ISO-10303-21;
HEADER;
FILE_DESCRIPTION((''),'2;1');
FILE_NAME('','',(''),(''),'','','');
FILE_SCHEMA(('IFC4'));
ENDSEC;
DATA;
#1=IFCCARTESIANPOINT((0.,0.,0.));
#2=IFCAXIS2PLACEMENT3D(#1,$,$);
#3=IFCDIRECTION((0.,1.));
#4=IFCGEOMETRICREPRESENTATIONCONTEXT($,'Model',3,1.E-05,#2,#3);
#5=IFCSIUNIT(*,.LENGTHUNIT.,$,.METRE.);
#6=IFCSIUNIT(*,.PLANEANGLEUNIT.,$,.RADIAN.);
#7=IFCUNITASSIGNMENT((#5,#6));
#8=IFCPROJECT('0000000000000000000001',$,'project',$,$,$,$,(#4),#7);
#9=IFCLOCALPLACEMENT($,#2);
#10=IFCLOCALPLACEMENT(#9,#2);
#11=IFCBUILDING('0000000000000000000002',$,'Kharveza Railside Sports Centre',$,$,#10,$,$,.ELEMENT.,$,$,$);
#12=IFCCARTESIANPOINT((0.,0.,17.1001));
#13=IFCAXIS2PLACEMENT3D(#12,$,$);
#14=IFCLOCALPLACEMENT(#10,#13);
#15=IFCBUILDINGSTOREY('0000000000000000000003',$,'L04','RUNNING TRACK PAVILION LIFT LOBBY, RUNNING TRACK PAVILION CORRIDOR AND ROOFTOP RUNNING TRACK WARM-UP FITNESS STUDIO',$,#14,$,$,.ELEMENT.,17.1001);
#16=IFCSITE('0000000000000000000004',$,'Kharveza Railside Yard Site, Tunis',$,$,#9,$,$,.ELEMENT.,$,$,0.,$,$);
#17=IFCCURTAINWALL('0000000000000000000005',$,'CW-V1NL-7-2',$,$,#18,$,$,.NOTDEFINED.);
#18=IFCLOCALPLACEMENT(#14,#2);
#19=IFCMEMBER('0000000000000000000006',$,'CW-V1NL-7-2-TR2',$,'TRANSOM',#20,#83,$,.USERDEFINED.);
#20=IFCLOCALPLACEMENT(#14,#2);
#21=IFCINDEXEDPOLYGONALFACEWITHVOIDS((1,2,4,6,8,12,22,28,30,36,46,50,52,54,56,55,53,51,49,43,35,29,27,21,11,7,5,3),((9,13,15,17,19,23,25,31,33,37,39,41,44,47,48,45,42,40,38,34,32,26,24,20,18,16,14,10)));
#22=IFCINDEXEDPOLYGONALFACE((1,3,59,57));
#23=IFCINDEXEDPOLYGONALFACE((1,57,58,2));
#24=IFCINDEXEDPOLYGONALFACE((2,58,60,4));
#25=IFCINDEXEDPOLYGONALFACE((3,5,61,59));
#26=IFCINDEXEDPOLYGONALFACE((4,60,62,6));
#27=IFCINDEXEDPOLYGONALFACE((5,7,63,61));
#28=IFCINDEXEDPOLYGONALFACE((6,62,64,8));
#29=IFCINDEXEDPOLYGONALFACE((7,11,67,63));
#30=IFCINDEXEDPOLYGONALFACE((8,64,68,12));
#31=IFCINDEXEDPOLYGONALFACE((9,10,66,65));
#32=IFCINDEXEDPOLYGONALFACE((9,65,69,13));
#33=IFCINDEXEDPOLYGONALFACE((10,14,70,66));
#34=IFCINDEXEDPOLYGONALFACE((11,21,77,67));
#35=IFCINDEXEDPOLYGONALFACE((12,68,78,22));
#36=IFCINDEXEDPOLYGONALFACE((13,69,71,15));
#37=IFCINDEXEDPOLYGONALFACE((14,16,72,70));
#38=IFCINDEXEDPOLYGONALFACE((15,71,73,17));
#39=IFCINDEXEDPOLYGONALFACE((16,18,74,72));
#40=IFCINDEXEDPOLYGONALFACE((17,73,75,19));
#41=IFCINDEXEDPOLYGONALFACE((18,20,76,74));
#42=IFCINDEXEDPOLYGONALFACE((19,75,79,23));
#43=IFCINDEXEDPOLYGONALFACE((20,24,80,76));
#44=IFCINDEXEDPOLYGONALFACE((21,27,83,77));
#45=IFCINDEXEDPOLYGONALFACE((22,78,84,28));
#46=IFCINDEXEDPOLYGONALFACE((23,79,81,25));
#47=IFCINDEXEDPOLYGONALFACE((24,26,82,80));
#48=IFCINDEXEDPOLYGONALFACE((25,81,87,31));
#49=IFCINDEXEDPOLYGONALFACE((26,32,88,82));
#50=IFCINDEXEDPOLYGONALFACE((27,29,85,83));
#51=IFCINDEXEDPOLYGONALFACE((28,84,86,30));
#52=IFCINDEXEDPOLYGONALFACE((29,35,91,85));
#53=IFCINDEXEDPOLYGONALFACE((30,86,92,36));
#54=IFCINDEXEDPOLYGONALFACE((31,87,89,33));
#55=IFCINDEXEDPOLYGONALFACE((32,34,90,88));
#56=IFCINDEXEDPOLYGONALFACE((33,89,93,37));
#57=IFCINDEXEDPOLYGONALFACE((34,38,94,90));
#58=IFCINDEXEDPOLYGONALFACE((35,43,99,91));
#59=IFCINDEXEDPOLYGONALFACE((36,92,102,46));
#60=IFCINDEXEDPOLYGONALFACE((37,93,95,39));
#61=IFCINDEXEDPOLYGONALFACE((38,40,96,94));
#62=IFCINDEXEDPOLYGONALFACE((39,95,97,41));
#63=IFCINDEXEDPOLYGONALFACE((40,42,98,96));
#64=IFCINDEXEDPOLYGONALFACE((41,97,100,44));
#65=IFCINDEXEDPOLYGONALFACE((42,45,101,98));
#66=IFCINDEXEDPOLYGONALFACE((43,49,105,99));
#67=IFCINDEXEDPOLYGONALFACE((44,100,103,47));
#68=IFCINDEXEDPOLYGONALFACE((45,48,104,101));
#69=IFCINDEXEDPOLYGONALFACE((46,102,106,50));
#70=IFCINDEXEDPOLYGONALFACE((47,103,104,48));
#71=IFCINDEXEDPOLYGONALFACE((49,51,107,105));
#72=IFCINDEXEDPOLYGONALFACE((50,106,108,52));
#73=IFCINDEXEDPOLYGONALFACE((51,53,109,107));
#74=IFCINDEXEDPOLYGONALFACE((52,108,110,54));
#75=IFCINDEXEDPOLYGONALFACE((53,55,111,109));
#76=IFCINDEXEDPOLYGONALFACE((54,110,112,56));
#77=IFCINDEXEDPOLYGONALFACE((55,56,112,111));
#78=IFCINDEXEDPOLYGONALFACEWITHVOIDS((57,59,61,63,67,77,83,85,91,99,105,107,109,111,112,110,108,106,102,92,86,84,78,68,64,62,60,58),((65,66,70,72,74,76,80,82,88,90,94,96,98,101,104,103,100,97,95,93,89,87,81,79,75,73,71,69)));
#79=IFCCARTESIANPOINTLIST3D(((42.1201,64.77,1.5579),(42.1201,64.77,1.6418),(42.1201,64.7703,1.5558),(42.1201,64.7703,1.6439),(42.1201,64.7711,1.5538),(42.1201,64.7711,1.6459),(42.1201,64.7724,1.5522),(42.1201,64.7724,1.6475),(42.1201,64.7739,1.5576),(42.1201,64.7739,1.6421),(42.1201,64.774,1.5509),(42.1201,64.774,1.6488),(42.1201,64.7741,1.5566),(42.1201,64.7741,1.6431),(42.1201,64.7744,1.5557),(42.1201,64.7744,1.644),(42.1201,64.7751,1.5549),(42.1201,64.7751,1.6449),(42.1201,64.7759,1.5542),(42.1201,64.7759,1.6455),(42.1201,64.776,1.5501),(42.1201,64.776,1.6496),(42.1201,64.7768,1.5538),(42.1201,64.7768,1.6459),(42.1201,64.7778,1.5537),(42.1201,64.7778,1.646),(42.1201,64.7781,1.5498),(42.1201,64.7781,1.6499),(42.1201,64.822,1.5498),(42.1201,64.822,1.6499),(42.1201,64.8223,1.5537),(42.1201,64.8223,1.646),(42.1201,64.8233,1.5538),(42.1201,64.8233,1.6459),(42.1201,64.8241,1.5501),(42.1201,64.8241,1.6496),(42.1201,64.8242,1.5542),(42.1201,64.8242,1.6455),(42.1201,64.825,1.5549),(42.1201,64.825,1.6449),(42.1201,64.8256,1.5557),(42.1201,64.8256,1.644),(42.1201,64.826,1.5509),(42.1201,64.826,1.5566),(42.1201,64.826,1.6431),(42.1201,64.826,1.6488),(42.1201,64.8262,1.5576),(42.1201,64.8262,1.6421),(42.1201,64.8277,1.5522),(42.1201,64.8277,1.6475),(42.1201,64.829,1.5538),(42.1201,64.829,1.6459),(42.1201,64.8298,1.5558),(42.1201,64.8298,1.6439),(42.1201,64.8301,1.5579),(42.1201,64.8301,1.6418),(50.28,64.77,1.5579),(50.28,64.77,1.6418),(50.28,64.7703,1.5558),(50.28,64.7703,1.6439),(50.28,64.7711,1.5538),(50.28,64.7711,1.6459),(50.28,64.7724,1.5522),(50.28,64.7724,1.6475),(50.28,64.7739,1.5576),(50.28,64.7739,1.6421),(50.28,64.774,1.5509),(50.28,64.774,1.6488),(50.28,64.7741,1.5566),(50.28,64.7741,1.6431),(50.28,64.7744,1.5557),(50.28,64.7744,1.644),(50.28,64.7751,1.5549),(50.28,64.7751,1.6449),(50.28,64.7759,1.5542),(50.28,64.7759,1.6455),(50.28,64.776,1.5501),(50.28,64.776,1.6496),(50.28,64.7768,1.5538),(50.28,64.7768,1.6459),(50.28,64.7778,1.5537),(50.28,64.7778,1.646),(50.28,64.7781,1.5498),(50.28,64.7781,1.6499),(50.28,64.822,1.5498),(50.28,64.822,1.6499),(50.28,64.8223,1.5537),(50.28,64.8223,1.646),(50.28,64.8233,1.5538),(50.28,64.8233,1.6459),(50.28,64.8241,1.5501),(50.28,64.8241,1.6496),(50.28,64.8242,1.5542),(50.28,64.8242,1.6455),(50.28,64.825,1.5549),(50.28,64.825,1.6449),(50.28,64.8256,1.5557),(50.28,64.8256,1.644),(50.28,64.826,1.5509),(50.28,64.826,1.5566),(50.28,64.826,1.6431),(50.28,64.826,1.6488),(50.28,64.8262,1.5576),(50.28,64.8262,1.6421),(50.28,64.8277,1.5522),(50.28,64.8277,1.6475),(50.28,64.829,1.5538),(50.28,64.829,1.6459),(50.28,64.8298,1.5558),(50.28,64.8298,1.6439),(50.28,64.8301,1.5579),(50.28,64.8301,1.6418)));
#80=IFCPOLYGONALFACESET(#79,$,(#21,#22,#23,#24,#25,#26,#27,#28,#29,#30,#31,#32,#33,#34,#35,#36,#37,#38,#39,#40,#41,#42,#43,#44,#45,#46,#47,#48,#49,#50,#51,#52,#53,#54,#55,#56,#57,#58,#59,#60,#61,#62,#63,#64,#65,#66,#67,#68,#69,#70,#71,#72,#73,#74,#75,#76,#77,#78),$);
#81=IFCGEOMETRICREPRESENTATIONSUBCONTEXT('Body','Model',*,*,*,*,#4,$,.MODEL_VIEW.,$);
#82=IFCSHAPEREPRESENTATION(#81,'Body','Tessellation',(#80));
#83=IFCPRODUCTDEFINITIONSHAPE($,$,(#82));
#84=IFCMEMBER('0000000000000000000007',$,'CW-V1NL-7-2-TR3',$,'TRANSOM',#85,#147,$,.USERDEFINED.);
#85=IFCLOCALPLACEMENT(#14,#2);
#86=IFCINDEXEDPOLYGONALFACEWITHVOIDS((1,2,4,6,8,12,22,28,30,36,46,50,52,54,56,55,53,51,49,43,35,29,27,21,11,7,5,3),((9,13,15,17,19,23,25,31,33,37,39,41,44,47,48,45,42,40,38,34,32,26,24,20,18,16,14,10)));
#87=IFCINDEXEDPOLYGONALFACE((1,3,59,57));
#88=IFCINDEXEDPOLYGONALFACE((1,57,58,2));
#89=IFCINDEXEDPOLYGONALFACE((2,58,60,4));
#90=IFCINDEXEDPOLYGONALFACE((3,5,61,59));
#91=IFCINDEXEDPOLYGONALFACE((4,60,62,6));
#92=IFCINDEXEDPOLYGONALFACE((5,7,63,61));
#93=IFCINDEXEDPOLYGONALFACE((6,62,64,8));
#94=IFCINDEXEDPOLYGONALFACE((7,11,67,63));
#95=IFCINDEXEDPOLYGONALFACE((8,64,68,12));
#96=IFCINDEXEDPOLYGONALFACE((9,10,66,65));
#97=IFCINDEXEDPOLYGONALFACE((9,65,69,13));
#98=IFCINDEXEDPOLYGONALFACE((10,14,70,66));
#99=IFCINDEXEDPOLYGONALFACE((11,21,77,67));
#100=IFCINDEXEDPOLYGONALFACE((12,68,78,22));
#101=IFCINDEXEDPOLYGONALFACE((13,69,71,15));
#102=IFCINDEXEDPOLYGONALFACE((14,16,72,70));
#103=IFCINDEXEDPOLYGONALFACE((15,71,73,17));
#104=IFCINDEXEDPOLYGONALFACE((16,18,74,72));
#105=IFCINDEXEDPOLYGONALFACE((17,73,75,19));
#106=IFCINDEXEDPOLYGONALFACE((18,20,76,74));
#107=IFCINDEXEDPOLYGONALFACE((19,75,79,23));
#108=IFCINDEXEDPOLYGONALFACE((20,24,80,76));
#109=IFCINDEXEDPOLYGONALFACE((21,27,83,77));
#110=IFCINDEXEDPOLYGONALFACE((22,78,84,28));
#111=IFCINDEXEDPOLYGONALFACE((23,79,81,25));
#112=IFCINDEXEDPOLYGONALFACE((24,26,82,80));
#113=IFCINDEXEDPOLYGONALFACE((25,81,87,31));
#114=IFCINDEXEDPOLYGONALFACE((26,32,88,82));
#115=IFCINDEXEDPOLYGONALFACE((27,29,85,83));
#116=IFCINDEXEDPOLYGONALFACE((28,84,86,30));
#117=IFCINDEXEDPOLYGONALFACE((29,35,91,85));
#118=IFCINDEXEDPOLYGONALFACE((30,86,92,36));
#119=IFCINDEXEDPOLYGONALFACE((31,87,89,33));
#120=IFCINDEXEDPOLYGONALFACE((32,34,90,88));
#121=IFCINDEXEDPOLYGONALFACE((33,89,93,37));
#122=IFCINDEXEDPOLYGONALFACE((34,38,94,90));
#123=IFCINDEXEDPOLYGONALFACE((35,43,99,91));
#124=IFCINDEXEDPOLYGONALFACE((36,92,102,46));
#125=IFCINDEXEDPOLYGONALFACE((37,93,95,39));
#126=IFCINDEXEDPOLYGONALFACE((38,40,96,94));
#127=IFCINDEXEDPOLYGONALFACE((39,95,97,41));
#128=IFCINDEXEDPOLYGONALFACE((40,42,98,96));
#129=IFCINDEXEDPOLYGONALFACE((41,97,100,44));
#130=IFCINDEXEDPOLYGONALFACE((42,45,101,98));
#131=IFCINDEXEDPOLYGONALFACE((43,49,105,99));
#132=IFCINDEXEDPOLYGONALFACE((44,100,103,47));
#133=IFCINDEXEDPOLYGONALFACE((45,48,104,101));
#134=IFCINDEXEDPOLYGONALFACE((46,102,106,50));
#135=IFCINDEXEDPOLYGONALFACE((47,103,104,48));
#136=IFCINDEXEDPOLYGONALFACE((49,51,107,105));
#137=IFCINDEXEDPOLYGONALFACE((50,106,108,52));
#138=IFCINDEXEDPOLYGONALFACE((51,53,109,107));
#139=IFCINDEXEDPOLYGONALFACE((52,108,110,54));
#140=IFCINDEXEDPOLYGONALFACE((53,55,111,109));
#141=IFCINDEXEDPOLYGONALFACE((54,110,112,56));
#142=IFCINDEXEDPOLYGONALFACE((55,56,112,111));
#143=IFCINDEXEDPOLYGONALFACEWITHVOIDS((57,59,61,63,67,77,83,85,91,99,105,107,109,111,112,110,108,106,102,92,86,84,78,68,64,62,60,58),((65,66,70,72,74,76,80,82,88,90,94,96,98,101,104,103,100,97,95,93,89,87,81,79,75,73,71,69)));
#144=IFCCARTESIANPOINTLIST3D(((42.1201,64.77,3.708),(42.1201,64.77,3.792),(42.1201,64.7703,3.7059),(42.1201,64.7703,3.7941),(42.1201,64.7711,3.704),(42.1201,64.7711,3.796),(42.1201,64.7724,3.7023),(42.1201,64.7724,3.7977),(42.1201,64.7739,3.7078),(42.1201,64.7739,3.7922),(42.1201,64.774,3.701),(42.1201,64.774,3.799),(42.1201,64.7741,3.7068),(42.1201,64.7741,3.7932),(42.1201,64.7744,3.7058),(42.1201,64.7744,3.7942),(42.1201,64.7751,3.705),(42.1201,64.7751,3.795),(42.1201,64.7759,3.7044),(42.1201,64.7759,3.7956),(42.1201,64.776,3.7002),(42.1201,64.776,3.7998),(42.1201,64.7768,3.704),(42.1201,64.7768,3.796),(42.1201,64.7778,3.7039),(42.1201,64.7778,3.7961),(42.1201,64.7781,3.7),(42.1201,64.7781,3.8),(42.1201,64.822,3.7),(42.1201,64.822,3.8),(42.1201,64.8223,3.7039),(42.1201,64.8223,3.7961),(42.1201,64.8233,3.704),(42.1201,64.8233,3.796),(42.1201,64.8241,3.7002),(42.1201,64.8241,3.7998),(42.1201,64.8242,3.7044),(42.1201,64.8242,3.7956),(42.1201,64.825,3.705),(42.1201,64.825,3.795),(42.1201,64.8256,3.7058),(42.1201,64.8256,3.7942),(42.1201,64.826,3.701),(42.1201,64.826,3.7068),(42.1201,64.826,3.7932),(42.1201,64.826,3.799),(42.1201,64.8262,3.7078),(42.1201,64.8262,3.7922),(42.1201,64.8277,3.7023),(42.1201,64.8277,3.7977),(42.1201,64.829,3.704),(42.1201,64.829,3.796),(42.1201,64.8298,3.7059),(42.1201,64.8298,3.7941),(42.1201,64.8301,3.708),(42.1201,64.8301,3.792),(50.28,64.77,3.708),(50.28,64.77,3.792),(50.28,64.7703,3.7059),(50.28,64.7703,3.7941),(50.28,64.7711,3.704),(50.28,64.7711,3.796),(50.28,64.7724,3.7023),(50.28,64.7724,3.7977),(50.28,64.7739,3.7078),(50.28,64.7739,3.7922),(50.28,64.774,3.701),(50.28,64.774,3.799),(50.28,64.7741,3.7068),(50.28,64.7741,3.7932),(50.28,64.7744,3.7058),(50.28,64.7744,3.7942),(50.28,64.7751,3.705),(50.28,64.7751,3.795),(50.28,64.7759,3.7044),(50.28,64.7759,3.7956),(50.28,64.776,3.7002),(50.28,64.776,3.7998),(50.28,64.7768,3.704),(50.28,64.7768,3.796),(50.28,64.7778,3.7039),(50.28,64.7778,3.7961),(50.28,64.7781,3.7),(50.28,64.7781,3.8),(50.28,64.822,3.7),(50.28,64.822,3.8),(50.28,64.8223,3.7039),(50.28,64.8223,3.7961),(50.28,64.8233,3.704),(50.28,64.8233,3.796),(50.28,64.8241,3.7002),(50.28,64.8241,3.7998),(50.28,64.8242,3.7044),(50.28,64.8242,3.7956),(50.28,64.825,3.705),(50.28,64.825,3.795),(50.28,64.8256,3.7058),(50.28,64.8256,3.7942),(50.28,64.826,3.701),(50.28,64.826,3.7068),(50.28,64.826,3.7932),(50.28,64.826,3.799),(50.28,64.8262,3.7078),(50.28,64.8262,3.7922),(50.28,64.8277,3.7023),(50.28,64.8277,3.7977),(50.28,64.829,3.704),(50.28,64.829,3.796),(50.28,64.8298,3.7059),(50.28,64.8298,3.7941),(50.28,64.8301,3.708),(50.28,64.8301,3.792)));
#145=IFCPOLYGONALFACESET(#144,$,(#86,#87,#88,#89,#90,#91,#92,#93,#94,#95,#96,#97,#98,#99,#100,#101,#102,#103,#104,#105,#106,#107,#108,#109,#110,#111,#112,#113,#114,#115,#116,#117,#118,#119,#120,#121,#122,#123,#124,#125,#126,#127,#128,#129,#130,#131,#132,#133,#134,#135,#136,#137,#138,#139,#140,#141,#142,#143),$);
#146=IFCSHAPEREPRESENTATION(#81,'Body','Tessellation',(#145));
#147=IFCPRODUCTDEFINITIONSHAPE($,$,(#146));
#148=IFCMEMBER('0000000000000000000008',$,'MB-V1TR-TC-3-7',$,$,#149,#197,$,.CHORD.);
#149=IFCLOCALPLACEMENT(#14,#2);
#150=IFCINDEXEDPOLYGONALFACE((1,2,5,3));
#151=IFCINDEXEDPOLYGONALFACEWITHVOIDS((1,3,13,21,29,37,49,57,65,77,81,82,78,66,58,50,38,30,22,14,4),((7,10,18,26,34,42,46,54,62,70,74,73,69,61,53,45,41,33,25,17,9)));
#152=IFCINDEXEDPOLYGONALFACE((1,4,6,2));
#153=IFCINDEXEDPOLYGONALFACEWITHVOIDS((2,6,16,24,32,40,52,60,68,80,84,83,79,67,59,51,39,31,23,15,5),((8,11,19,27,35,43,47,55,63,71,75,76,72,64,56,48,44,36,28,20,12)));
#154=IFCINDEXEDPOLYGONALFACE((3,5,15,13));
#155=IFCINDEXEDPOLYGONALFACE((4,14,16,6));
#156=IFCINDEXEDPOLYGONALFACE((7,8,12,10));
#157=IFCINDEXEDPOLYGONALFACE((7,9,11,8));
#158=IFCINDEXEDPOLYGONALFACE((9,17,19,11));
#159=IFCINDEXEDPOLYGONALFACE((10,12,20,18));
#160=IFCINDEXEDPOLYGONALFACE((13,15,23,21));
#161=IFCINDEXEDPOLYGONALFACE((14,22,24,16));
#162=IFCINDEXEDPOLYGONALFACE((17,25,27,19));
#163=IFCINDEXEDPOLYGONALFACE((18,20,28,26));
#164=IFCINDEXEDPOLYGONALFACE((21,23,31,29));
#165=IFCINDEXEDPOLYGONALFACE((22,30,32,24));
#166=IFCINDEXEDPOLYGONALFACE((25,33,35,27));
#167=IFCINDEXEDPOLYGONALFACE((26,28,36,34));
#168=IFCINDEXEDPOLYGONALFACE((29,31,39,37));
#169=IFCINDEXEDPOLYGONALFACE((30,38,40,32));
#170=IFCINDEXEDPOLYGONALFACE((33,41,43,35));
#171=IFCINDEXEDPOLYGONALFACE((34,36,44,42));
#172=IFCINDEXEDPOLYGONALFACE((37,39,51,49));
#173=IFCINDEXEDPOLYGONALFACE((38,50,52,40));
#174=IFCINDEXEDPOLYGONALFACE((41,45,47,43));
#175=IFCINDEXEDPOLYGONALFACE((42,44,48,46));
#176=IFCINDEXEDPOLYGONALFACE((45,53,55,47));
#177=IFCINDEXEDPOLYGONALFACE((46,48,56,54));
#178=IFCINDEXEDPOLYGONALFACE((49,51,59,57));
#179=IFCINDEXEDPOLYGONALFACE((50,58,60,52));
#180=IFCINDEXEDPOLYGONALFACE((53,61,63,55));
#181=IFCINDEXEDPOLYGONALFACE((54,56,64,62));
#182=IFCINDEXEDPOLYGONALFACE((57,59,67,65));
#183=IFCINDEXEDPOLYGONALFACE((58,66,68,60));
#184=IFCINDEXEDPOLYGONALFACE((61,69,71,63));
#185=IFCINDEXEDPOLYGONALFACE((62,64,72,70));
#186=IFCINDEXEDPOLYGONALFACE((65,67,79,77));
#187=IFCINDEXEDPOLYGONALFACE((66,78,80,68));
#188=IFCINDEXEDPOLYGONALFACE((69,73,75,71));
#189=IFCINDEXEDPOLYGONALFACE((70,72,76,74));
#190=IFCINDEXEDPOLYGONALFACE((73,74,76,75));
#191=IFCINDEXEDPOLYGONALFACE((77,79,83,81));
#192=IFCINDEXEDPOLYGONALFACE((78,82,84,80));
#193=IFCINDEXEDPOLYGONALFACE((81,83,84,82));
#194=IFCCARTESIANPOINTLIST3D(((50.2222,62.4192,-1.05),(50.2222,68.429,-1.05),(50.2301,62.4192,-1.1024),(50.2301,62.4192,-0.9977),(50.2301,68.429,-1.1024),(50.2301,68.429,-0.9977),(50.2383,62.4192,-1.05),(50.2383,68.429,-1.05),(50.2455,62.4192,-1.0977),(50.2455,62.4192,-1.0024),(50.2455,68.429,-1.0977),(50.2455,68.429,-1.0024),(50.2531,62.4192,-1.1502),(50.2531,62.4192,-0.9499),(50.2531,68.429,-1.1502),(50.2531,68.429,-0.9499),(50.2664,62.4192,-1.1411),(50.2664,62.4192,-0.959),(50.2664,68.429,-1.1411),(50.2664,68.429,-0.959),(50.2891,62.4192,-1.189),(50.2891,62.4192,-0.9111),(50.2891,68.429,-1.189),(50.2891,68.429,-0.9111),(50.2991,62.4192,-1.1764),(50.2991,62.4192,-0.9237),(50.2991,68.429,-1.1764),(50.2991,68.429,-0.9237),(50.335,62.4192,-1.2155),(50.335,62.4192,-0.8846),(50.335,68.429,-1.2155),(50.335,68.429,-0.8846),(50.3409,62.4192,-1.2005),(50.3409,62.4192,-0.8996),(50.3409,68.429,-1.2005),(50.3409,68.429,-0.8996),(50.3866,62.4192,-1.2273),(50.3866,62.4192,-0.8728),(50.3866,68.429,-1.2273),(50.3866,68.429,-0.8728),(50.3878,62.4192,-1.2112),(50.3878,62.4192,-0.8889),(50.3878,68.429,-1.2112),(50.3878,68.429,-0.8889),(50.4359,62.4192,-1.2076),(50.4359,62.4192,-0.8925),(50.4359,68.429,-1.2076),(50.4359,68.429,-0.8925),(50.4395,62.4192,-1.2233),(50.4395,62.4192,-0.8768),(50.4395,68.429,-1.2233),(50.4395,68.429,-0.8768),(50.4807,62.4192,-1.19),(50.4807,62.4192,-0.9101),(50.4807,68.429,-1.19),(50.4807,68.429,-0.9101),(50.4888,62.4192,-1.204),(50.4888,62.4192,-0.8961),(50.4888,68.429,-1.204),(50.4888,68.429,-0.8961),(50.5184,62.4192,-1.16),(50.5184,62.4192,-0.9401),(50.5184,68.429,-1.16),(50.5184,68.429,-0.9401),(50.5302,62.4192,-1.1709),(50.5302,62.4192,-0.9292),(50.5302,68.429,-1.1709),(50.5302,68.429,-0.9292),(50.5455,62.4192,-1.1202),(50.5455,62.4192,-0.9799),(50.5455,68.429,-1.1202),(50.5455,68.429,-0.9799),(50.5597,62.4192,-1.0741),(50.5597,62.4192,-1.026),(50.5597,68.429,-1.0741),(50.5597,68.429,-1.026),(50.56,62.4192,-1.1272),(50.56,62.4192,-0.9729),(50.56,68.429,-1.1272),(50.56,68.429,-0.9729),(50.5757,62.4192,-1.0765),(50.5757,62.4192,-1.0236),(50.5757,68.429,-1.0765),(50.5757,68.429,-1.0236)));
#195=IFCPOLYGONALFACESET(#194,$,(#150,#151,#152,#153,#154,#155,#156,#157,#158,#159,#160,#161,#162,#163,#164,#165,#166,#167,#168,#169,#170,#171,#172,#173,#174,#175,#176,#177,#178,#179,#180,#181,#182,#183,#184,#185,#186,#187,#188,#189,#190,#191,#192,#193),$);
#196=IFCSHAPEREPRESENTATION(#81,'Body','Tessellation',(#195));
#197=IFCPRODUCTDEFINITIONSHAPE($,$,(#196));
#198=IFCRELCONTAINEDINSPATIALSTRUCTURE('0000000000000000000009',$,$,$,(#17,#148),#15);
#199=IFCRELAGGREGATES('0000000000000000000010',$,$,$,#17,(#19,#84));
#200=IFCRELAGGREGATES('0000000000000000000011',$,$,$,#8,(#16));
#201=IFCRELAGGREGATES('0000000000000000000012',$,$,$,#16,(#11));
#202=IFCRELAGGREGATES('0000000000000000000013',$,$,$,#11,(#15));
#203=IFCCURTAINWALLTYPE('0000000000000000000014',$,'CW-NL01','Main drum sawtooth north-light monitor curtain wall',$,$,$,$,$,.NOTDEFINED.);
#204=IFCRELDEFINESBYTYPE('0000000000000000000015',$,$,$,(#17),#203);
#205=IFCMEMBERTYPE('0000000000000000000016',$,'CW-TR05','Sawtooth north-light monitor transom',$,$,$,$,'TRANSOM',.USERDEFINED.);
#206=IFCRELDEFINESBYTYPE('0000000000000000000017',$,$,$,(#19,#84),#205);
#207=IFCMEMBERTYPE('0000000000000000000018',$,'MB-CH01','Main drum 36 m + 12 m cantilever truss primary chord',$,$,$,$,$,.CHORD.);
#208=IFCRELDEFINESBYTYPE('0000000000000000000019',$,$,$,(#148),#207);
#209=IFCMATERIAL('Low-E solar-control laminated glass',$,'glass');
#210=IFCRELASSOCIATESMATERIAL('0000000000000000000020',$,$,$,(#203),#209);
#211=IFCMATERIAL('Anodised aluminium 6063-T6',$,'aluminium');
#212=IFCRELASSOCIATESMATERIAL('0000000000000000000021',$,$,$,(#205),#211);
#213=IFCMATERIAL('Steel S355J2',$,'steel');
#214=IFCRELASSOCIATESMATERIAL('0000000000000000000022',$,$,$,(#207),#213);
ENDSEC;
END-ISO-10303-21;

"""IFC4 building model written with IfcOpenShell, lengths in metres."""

from ifc_helpers import new_model, si_unit, direction, frame, origin, origin_2d, place, context, subcontext, project, spatial, hollow_rectangle, hollow_circle, extrude, material, material_profile, profile_set, type_object, element, aggregate, save


model = new_model("IFC4")

# Units and contexts
model_context = context("Model", 3, precision=1e-05, world=origin(), true_north=direction((0.0, 1.0)))
body_context = subcontext(model_context, "Body", "Model", "MODEL_VIEW")
ifc_project = project(units=[si_unit("LENGTHUNIT", "METRE"), si_unit("PLANEANGLEUNIT", "RADIAN")], contexts=[model_context])

# Site, building, storey
site_placement = place(None, origin())
site = spatial("IfcSite", under=ifc_project, at=site_placement, Name="Kharveza Railside Yard Site, Tunis", CompositionType="ELEMENT", RefElevation=0.0)
building_placement = place(site_placement, origin())
building = spatial("IfcBuilding", under=site, at=building_placement, Name="Kharveza Railside Sports Centre", CompositionType="ELEMENT")
storey_placement = place(building_placement, frame((0.0, 0.0, 17.1001)))
storey = spatial("IfcBuildingStorey", under=building, at=storey_placement, Name="L04", Description="RUNNING TRACK PAVILION LIFT LOBBY, RUNNING TRACK PAVILION CORRIDOR AND ROOFTOP RUNNING TRACK WARM-UP FITNESS STUDIO", CompositionType="ELEMENT", Elevation=17.1001)

# Curtain wall
ifc_material_1 = material(Name="Low-E solar-control laminated glass", Category="glass")
curtain_wall_type = type_object("IfcCurtainWallType", Name="CW-NL01", Description="Main drum sawtooth north-light monitor curtain wall", PredefinedType="NOTDEFINED", material=ifc_material_1)
ifc_material_2 = material(Name="Anodised aluminium 6063-T6", Category="aluminium")
curtain_wall_1_placement = place(storey_placement, origin())
curtain_wall_1 = element("IfcCurtainWall", 1, at=curtain_wall_1_placement, inside=storey, type_object=curtain_wall_type, Name="CW-V1NL-7-2", PredefinedType="NOTDEFINED")

# Members
ifc_material_profile_1 = material_profile(ifc_material_2, hollow_rectangle(XDim=0.0601, YDim=0.1001, WallThickness=0.0039, InnerFilletRadius=0.0039, OuterFilletRadius=0.0081, at=origin_2d()), Name="RHS 60x100x4.0")
ifc_profile_set_1 = profile_set([ifc_material_profile_1], Name="Anodised aluminium 6063-T6")
member_type_1 = type_object("IfcMemberType", Name="CW-TR05", Description="Sawtooth north-light monitor transom", ElementType="TRANSOM", PredefinedType="USERDEFINED", material=ifc_profile_set_1)
member_1_placement = place(storey_placement, frame((42.1201, 64.8, 1.5999), z_axis=(1.0, 0.0, 0.0), x_axis=(0.0, 1.0, 0.0)))
member_1 = element("IfcMember", 2, at=member_1_placement, type_object=member_type_1, Name="CW-V1NL-7-2-TR2", ObjectType="TRANSOM", PredefinedType="USERDEFINED", context=body_context, shape_type="SweptSolid", body=[
    extrude(hollow_rectangle(XDim=0.0601, YDim=0.1001, WallThickness=0.0039, InnerFilletRadius=0.0039, OuterFilletRadius=0.0081, at=origin_2d()), origin(), (0.0, 0.0, 1.0), 8.1599),
])
member_2_placement = place(storey_placement, frame((42.1201, 64.8, 3.75), z_axis=(1.0, 0.0, 0.0), x_axis=(0.0, 1.0, 0.0)))
member_2 = element("IfcMember", 3, at=member_2_placement, type_object=member_type_1, Name="CW-V1NL-7-2-TR3", ObjectType="TRANSOM", PredefinedType="USERDEFINED", context=body_context, shape_type="SweptSolid", body=[
    extrude(hollow_rectangle(XDim=0.0601, YDim=0.1001, WallThickness=0.0039, InnerFilletRadius=0.0039, OuterFilletRadius=0.0081, at=origin_2d()), origin(), (0.0, 0.0, 1.0), 8.1599),
])

# Member
ifc_material_3 = material(Name="Steel S355J2", Category="steel")
ifc_material_profile_2 = material_profile(ifc_material_3, hollow_circle(Radius=0.1777, WallThickness=0.0161, at=origin_2d()), Name="CHS 355.6x16.0")
ifc_profile_set_2 = profile_set([ifc_material_profile_2], Name="Steel S355J2")
member_type_2 = type_object("IfcMemberType", Name="MB-CH01", Description="Main drum 36 m + 12 m cantilever truss primary chord", PredefinedType="CHORD", material=ifc_profile_set_2)
member_3_placement = place(storey_placement, frame((50.3999, 62.4192, -1.05), z_axis=(0.0, 1.0, 0.0), x_axis=(-1.0, 0.0, 0.0)))
element("IfcMember", 4, at=member_3_placement, inside=storey, type_object=member_type_2, Name="MB-V1TR-TC-3-7", PredefinedType="CHORD", context=body_context, shape_type="SweptSolid", body=[
    extrude(hollow_circle(Radius=0.1777, WallThickness=0.0161, at=origin_2d()), origin(), (0.0, 0.0, 1.0), 6.0098),
])

aggregate(curtain_wall_1, [member_1, member_2])

save(model, "model.ifc")
